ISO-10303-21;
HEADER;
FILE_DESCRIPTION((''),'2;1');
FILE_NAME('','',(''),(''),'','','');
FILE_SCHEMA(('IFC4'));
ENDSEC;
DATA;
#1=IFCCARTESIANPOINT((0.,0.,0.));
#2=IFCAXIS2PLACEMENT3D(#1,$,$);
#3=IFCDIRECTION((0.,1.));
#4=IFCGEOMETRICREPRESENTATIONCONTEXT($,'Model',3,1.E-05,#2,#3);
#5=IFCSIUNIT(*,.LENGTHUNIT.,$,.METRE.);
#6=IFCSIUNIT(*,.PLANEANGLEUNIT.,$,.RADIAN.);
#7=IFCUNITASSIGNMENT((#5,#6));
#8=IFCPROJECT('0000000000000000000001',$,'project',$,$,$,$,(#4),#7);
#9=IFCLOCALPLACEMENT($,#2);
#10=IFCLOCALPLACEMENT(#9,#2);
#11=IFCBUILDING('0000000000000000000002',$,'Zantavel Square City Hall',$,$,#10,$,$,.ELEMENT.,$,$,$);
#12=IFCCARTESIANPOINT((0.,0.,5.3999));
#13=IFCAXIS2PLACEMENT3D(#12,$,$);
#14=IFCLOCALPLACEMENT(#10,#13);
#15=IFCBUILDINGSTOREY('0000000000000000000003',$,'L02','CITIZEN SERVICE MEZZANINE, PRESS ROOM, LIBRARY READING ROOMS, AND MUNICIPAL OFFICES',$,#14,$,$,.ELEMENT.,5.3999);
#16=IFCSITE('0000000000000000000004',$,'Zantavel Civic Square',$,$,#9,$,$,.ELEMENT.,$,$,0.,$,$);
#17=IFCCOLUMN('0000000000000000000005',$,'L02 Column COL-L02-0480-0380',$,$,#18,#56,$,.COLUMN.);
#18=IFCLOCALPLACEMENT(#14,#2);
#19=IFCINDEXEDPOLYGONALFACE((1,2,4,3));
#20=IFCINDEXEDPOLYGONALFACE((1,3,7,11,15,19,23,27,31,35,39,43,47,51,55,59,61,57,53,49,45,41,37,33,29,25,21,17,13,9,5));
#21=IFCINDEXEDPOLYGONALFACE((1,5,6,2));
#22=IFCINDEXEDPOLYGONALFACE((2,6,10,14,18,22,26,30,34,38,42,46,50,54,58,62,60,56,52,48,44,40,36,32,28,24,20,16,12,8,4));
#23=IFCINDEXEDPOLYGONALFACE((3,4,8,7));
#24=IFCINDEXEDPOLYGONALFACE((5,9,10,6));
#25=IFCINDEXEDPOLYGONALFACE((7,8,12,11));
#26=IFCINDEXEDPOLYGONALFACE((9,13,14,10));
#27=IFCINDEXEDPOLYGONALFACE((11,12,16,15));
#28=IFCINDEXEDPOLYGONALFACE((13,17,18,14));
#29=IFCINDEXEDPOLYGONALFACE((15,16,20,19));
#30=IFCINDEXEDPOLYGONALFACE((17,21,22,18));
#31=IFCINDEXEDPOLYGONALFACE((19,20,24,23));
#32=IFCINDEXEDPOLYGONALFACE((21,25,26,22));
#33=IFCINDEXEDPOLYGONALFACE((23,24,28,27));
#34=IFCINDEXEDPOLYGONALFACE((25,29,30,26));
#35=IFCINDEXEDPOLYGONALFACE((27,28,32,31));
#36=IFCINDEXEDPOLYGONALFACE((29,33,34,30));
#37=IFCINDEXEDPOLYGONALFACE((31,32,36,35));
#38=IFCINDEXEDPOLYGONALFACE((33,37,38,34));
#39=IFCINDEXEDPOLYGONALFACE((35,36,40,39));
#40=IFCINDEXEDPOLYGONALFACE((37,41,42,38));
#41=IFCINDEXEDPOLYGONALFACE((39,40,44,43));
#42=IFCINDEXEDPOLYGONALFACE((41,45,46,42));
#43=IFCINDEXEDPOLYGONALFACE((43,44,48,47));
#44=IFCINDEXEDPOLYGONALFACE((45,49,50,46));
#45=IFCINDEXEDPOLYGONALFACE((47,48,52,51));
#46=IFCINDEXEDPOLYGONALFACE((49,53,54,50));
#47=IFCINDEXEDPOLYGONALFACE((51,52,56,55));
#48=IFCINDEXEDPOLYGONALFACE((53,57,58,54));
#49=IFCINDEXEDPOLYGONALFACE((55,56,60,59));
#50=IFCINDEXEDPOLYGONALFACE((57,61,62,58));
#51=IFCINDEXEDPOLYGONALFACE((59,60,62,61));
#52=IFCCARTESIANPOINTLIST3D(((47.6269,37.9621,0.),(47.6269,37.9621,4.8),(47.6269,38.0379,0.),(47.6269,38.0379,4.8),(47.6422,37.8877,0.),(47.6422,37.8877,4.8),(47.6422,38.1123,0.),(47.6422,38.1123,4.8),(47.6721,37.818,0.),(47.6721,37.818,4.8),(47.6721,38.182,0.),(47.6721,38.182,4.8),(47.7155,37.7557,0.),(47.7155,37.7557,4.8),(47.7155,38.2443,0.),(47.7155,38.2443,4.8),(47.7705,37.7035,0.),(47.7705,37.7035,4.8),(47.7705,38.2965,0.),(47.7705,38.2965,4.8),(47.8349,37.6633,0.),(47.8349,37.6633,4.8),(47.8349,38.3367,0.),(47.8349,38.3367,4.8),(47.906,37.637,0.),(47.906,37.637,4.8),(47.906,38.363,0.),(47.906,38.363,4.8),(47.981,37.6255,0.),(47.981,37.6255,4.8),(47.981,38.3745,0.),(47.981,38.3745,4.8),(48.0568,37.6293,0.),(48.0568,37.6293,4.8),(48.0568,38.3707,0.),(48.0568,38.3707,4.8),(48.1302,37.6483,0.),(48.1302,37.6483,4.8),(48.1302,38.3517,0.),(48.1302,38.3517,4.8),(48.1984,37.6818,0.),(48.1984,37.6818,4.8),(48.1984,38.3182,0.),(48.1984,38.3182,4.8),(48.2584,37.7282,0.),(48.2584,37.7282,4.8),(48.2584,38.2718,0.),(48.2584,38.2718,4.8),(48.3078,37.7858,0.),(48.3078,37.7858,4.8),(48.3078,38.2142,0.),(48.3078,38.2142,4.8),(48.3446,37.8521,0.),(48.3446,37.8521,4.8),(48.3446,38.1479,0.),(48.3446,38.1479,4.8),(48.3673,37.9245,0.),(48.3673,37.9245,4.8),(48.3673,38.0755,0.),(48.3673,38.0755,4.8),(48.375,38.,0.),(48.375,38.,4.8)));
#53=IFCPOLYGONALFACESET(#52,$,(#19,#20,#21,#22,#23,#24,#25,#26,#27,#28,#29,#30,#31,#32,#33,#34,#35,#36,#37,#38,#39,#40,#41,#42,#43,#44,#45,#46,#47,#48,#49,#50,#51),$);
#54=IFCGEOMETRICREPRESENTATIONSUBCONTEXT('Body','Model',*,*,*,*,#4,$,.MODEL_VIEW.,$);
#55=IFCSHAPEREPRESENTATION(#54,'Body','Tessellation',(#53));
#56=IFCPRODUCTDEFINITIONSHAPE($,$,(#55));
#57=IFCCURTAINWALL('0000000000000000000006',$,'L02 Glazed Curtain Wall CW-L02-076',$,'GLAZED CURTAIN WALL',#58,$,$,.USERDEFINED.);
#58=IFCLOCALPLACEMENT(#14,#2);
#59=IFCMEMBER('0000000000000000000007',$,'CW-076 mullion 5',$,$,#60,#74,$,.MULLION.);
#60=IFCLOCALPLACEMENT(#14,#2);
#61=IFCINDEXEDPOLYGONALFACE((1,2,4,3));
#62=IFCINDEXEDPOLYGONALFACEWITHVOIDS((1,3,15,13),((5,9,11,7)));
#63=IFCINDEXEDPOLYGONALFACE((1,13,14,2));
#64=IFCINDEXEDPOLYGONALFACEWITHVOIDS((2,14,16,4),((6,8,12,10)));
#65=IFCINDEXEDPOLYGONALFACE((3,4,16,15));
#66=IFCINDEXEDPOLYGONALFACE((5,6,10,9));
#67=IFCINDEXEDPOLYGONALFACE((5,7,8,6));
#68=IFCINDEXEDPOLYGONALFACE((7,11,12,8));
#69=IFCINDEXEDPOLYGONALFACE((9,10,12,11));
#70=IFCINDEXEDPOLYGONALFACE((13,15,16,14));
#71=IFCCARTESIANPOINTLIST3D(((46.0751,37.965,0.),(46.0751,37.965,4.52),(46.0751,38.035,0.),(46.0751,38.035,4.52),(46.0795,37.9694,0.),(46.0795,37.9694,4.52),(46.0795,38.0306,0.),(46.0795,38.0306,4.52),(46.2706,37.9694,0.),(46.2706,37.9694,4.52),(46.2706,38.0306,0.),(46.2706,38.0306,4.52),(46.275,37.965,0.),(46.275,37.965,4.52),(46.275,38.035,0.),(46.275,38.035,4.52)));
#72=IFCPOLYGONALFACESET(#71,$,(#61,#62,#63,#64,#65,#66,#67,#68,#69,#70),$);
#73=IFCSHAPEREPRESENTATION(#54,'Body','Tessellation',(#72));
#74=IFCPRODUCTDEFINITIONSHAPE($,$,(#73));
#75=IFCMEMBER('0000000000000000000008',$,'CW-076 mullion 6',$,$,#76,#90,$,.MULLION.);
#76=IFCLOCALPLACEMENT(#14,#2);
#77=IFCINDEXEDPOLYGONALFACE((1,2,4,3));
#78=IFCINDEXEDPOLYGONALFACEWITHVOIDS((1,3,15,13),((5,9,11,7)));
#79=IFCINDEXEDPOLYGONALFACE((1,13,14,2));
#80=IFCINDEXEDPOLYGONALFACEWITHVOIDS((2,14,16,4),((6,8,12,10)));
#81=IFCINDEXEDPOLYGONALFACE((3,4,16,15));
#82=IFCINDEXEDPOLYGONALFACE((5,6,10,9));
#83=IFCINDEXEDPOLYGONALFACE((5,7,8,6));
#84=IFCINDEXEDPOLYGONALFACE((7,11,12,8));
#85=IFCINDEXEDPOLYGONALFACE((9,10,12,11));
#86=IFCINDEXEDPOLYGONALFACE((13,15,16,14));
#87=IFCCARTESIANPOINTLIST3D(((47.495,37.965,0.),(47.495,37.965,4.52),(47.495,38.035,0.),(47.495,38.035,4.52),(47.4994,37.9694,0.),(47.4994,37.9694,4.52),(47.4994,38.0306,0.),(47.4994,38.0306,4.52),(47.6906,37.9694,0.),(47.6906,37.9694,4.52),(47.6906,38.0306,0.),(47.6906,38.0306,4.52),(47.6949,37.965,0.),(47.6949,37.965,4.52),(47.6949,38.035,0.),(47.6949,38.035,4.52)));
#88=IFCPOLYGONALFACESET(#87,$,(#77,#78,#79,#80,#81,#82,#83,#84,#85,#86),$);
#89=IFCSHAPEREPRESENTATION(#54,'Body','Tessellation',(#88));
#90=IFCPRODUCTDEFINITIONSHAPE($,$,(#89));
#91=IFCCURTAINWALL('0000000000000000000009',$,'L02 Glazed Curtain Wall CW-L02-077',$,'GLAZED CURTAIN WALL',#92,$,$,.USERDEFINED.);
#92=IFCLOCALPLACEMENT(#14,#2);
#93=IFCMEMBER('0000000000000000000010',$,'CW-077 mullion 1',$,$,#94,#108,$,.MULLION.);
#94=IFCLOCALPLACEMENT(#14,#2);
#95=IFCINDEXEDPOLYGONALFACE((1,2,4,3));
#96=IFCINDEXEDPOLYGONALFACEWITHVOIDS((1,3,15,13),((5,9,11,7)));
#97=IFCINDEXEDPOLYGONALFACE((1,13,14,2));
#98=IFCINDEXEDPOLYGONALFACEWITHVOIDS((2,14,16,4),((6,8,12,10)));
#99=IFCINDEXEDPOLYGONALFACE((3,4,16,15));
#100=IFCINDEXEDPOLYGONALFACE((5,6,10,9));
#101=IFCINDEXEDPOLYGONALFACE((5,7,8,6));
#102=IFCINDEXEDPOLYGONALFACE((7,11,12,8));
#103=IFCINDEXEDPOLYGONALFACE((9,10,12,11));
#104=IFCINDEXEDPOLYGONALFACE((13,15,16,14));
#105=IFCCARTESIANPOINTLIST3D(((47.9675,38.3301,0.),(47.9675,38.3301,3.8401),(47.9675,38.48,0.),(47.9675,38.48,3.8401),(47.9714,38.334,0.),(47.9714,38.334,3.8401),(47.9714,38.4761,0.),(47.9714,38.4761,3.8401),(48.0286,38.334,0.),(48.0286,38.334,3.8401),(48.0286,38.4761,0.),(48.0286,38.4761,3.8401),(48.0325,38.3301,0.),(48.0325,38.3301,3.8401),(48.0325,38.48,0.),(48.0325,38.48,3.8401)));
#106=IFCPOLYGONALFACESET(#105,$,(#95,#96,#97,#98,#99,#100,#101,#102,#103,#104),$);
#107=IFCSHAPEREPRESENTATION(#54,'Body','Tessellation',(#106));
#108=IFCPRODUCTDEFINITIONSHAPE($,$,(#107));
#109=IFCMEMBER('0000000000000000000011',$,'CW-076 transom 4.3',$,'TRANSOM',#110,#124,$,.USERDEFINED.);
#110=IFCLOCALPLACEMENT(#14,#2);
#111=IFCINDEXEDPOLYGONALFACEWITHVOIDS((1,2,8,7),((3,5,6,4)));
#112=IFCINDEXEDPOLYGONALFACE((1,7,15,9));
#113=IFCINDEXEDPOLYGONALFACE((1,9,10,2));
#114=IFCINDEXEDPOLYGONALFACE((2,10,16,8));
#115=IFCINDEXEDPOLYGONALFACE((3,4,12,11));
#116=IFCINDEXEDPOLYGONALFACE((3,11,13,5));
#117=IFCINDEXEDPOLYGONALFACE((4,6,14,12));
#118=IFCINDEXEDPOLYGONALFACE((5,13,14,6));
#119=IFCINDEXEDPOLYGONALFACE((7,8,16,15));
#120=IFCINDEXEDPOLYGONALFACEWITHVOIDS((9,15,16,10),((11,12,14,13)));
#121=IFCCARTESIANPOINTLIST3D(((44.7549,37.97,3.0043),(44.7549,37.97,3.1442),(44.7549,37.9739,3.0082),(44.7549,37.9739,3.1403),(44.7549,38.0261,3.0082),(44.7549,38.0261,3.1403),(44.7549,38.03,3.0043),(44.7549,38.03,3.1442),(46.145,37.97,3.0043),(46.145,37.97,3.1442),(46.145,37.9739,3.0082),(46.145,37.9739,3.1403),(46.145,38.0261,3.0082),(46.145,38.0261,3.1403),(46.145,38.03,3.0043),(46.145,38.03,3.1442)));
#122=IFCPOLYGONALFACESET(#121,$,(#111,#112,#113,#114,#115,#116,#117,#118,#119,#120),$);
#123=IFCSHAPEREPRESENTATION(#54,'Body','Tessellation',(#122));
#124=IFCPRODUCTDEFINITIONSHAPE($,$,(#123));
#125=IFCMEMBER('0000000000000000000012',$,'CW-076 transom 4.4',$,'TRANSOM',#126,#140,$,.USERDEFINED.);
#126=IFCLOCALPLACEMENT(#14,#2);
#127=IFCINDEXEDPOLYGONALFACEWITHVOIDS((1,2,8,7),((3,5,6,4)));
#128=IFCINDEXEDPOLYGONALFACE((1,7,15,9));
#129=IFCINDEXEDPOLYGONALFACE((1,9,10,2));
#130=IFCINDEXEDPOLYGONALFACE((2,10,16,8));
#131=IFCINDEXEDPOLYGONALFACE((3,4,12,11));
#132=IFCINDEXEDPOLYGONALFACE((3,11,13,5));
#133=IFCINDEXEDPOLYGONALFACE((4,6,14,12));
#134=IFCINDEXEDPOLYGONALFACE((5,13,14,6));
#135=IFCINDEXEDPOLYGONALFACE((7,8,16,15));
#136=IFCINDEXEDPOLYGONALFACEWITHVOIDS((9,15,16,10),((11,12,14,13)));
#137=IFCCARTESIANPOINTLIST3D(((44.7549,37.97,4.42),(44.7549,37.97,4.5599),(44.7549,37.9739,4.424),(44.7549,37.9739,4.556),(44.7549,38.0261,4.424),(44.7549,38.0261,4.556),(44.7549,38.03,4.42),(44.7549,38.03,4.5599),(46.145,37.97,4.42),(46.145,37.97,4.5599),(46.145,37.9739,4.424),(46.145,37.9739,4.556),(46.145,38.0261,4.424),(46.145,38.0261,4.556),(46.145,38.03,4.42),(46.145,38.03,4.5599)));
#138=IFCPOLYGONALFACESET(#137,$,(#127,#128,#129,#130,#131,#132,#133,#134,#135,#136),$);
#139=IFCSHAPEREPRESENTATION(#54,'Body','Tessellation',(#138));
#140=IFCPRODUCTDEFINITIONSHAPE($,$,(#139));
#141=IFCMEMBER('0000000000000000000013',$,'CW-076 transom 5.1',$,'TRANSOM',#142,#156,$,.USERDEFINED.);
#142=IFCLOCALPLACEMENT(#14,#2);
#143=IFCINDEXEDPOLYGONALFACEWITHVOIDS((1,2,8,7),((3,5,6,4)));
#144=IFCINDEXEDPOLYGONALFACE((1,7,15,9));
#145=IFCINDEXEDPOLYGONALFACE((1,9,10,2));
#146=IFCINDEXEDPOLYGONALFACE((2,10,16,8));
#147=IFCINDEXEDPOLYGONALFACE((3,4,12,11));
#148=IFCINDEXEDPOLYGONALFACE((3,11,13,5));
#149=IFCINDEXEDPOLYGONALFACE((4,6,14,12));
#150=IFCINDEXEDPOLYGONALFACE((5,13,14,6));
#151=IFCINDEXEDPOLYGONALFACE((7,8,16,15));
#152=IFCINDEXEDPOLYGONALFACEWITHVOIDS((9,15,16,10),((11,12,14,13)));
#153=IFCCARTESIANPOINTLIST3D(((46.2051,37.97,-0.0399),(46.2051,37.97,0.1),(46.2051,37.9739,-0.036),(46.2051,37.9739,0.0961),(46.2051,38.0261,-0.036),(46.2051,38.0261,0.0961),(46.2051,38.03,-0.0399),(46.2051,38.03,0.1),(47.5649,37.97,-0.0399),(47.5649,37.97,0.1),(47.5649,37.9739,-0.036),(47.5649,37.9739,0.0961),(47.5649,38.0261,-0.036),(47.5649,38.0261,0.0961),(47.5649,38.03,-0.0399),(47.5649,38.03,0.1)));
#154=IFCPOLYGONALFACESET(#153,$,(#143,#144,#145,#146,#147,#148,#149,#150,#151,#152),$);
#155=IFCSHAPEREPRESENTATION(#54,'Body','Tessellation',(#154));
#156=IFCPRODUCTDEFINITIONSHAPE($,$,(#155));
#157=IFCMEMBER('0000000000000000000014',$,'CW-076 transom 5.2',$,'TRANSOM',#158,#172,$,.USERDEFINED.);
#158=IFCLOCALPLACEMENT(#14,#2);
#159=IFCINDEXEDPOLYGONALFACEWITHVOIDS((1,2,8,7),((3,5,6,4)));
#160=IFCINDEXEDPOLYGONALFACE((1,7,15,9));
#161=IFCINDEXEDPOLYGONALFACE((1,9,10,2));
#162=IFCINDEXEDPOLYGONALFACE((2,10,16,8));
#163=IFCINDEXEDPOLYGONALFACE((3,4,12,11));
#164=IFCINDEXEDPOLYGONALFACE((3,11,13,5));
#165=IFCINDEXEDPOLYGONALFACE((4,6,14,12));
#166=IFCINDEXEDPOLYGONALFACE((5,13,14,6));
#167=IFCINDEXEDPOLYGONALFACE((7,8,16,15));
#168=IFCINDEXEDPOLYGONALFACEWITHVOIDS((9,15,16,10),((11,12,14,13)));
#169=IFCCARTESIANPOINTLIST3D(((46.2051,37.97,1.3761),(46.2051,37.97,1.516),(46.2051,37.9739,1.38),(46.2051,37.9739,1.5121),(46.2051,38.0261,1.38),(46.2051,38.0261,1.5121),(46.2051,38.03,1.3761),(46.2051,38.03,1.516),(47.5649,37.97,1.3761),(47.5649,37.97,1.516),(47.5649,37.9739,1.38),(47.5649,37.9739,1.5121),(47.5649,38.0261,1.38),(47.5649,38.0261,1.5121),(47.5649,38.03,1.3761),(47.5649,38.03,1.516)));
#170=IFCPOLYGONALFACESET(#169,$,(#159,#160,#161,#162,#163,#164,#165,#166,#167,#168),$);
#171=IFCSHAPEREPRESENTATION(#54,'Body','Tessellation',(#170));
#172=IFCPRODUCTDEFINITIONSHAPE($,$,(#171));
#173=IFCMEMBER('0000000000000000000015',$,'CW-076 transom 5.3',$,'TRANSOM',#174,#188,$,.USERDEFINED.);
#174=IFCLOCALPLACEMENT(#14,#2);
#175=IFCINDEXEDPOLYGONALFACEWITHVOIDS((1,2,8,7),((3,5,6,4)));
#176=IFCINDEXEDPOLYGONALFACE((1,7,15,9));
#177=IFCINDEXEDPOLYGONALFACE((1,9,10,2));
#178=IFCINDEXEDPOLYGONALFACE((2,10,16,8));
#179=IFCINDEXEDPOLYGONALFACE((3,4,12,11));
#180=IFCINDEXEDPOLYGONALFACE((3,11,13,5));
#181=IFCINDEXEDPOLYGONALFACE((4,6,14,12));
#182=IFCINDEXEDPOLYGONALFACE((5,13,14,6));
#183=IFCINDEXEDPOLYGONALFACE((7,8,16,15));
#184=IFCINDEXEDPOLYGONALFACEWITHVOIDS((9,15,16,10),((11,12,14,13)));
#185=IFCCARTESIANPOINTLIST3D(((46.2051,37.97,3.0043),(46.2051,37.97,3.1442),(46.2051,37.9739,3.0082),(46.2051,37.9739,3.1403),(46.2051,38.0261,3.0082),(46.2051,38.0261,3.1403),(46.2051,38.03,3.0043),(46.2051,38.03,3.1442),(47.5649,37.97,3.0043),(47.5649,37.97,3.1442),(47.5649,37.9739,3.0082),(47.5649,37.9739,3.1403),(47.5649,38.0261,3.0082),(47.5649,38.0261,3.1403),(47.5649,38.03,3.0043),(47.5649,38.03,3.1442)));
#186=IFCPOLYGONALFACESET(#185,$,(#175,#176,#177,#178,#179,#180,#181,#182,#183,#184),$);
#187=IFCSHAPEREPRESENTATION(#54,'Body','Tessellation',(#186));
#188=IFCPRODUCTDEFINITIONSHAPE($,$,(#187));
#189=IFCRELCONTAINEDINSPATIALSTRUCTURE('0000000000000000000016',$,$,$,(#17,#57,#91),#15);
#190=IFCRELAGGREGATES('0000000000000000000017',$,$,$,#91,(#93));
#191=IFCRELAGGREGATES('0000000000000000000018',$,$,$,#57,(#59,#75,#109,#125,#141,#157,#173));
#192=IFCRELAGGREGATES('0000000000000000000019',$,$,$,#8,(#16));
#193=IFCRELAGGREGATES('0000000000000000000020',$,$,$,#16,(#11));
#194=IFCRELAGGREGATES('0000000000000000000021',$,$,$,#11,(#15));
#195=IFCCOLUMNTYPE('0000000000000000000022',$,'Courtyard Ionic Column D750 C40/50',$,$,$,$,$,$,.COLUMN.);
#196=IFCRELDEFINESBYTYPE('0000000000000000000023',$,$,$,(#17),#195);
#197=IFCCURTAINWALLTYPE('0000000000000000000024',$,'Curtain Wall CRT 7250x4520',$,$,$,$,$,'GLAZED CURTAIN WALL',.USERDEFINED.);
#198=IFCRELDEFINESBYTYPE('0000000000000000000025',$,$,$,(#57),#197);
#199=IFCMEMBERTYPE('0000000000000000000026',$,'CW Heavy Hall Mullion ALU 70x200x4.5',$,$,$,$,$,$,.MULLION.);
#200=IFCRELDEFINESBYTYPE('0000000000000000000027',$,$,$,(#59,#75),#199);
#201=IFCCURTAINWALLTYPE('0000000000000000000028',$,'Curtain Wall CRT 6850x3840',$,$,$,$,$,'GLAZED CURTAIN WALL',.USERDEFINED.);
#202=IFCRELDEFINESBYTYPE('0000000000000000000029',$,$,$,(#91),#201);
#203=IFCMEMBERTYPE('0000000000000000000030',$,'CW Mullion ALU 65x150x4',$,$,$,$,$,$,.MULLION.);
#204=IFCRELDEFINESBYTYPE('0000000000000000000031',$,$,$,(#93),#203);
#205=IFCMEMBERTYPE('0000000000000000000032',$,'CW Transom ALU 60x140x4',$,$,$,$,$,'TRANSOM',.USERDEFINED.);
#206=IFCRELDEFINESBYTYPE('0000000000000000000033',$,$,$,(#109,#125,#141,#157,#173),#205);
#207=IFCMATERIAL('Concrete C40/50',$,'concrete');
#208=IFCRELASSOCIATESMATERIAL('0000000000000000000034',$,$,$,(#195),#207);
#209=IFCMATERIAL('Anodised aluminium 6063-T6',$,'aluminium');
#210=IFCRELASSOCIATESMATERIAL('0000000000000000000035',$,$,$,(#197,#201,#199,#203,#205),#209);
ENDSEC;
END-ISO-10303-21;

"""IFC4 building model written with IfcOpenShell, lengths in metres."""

from ifc_helpers import new_model, si_unit, direction, frame, origin, origin_2d, place, context, subcontext, project, spatial, hollow_rectangle, circle, extrude, material, material_profile, profile_set, type_object, element, aggregate, save


model = new_model("IFC4")

# Units and contexts
model_context = context("Model", 3, precision=1e-05, world=origin(), true_north=direction((0.0, 1.0)))
body_context = subcontext(model_context, "Body", "Model", "MODEL_VIEW")
ifc_project = project(units=[si_unit("LENGTHUNIT", "METRE"), si_unit("PLANEANGLEUNIT", "RADIAN")], contexts=[model_context])

# Site, building, storey
site_placement = place(None, origin())
site = spatial("IfcSite", under=ifc_project, at=site_placement, Name="Zantavel Civic Square", CompositionType="ELEMENT", RefElevation=0.0)
building_placement = place(site_placement, origin())
building = spatial("IfcBuilding", under=site, at=building_placement, Name="Zantavel Square City Hall", CompositionType="ELEMENT")
storey_placement = place(building_placement, frame((0.0, 0.0, 5.3999)))
storey = spatial("IfcBuildingStorey", under=building, at=storey_placement, Name="L02", Description="CITIZEN SERVICE MEZZANINE, PRESS ROOM, LIBRARY READING ROOMS, AND MUNICIPAL OFFICES", CompositionType="ELEMENT", Elevation=5.3999)

# Column
ifc_material_1 = material(Name="Concrete C40/50", Category="concrete")
ifc_material_profile_1 = material_profile(ifc_material_1, circle(Radius=0.375, at=origin_2d()), Name="ROUND D750")
ifc_profile_set_1 = profile_set([ifc_material_profile_1], Name="Concrete C40/50")
column_type = type_object("IfcColumnType", Name="Courtyard Ionic Column D750 C40/50", PredefinedType="COLUMN", material=ifc_profile_set_1)
column_placement = place(storey_placement, frame((48.0, 38.0, 0.0), z_axis=(0.0, 0.0, 1.0), x_axis=(1.0, 0.0, 0.0)))
element("IfcColumn", 1, at=column_placement, inside=storey, type_object=column_type, Name="L02 Column COL-L02-0480-0380", PredefinedType="COLUMN", context=body_context, shape_type="SweptSolid", body=[
    extrude(circle(Radius=0.375, at=origin_2d()), origin(), (0.0, 0.0, 1.0), 4.8),
])

# Curtain wall, members
ifc_material_2 = material(Name="Anodised aluminium 6063-T6", Category="aluminium")
curtain_wall_type_1 = type_object("IfcCurtainWallType", Name="Curtain Wall CRT 7250x4520", ElementType="GLAZED CURTAIN WALL", PredefinedType="USERDEFINED", material=ifc_material_2)
curtain_wall_1_placement = place(storey_placement, origin())
curtain_wall_1 = element("IfcCurtainWall", 2, at=curtain_wall_1_placement, inside=storey, type_object=curtain_wall_type_1, Name="L02 Glazed Curtain Wall CW-L02-076", ObjectType="GLAZED CURTAIN WALL", PredefinedType="USERDEFINED")
ifc_material_profile_2 = material_profile(ifc_material_2, hollow_rectangle(XDim=0.0701, YDim=0.2, WallThickness=0.0044, at=origin_2d()), Name="ALU 70x200x4.5")
ifc_profile_set_2 = profile_set([ifc_material_profile_2], Name="Anodised aluminium 6063-T6")
member_type_1 = type_object("IfcMemberType", Name="CW Heavy Hall Mullion ALU 70x200x4.5", PredefinedType="MULLION", material=ifc_profile_set_2)
member_1_placement = place(storey_placement, frame((46.175, 38.0, 0.0), z_axis=(0.0, 0.0, 1.0), x_axis=(0.0, 1.0, 0.0)))
member_1 = element("IfcMember", 3, at=member_1_placement, type_object=member_type_1, Name="CW-076 mullion 5", PredefinedType="MULLION", context=body_context, shape_type="SweptSolid", body=[
    extrude(hollow_rectangle(XDim=0.0701, YDim=0.2, WallThickness=0.0044, at=origin_2d()), origin(), (0.0, 0.0, 1.0), 4.52),
])
member_2_placement = place(storey_placement, frame((47.595, 38.0, 0.0), z_axis=(0.0, 0.0, 1.0), x_axis=(0.0, 1.0, 0.0)))
member_2 = element("IfcMember", 4, at=member_2_placement, type_object=member_type_1, Name="CW-076 mullion 6", PredefinedType="MULLION", context=body_context, shape_type="SweptSolid", body=[
    extrude(hollow_rectangle(XDim=0.0701, YDim=0.2, WallThickness=0.0044, at=origin_2d()), origin(), (0.0, 0.0, 1.0), 4.52),
])

# Curtain wall, member
curtain_wall_type_2 = type_object("IfcCurtainWallType", Name="Curtain Wall CRT 6850x3840", ElementType="GLAZED CURTAIN WALL", PredefinedType="USERDEFINED", material=ifc_material_2)
curtain_wall_2_placement = place(storey_placement, origin())
curtain_wall_2 = element("IfcCurtainWall", 5, at=curtain_wall_2_placement, inside=storey, type_object=curtain_wall_type_2, Name="L02 Glazed Curtain Wall CW-L02-077", ObjectType="GLAZED CURTAIN WALL", PredefinedType="USERDEFINED")
ifc_material_profile_3 = material_profile(ifc_material_2, hollow_rectangle(XDim=0.0649, YDim=0.1499, WallThickness=0.0039, at=origin_2d()), Name="ALU 65x150x4")
ifc_profile_set_3 = profile_set([ifc_material_profile_3], Name="Anodised aluminium 6063-T6")
member_type_2 = type_object("IfcMemberType", Name="CW Mullion ALU 65x150x4", PredefinedType="MULLION", material=ifc_profile_set_3)
member_3_placement = place(storey_placement, frame((48.0, 38.405, 0.0), z_axis=(0.0, 0.0, 1.0), x_axis=(-1.0, 0.0, 0.0)))
member_3 = element("IfcMember", 6, at=member_3_placement, type_object=member_type_2, Name="CW-077 mullion 1", PredefinedType="MULLION", context=body_context, shape_type="SweptSolid", body=[
    extrude(hollow_rectangle(XDim=0.0649, YDim=0.1499, WallThickness=0.0039, at=origin_2d()), origin(), (0.0, 0.0, 1.0), 3.8401),
])

# Members
ifc_material_profile_4 = material_profile(ifc_material_2, hollow_rectangle(XDim=0.0601, YDim=0.1399, WallThickness=0.0039, at=origin_2d()), Name="ALU 60x140x4")
ifc_profile_set_4 = profile_set([ifc_material_profile_4], Name="Anodised aluminium 6063-T6")
member_type_3 = type_object("IfcMemberType", Name="CW Transom ALU 60x140x4", ElementType="TRANSOM", PredefinedType="USERDEFINED", material=ifc_profile_set_4)
member_4_placement = place(storey_placement, frame((44.7549, 38.0, 3.0742), z_axis=(1.0, 0.0, 0.0), x_axis=(0.0, 1.0, 0.0)))
member_4 = element("IfcMember", 7, at=member_4_placement, type_object=member_type_3, Name="CW-076 transom 4.3", ObjectType="TRANSOM", PredefinedType="USERDEFINED", context=body_context, shape_type="SweptSolid", body=[
    extrude(hollow_rectangle(XDim=0.0601, YDim=0.1399, WallThickness=0.0039, at=origin_2d()), origin(), (0.0, 0.0, 1.0), 1.3901),
])
member_5_placement = place(storey_placement, frame((44.7549, 38.0, 4.49), z_axis=(1.0, 0.0, 0.0), x_axis=(0.0, 1.0, 0.0)))
member_5 = element("IfcMember", 8, at=member_5_placement, type_object=member_type_3, Name="CW-076 transom 4.4", ObjectType="TRANSOM", PredefinedType="USERDEFINED", context=body_context, shape_type="SweptSolid", body=[
    extrude(hollow_rectangle(XDim=0.0601, YDim=0.1399, WallThickness=0.0039, at=origin_2d()), origin(), (0.0, 0.0, 1.0), 1.3901),
])
member_6_placement = place(storey_placement, frame((46.2051, 38.0, 0.03), z_axis=(1.0, 0.0, 0.0), x_axis=(0.0, 1.0, 0.0)))
member_6 = element("IfcMember", 9, at=member_6_placement, type_object=member_type_3, Name="CW-076 transom 5.1", ObjectType="TRANSOM", PredefinedType="USERDEFINED", context=body_context, shape_type="SweptSolid", body=[
    extrude(hollow_rectangle(XDim=0.0601, YDim=0.1399, WallThickness=0.0039, at=origin_2d()), origin(), (0.0, 0.0, 1.0), 1.3599),
])
member_7_placement = place(storey_placement, frame((46.2051, 38.0, 1.446), z_axis=(1.0, 0.0, 0.0), x_axis=(0.0, 1.0, 0.0)))
member_7 = element("IfcMember", 10, at=member_7_placement, type_object=member_type_3, Name="CW-076 transom 5.2", ObjectType="TRANSOM", PredefinedType="USERDEFINED", context=body_context, shape_type="SweptSolid", body=[
    extrude(hollow_rectangle(XDim=0.0601, YDim=0.1399, WallThickness=0.0039, at=origin_2d()), origin(), (0.0, 0.0, 1.0), 1.3599),
])
member_8_placement = place(storey_placement, frame((46.2051, 38.0, 3.0742), z_axis=(1.0, 0.0, 0.0), x_axis=(0.0, 1.0, 0.0)))
member_8 = element("IfcMember", 11, at=member_8_placement, type_object=member_type_3, Name="CW-076 transom 5.3", ObjectType="TRANSOM", PredefinedType="USERDEFINED", context=body_context, shape_type="SweptSolid", body=[
    extrude(hollow_rectangle(XDim=0.0601, YDim=0.1399, WallThickness=0.0039, at=origin_2d()), origin(), (0.0, 0.0, 1.0), 1.3599),
])
aggregate(curtain_wall_2, [member_3])

aggregate(curtain_wall_1, [member_1, member_2, member_4, member_5, member_6, member_7, member_8])

save(model, "model.ifc")
